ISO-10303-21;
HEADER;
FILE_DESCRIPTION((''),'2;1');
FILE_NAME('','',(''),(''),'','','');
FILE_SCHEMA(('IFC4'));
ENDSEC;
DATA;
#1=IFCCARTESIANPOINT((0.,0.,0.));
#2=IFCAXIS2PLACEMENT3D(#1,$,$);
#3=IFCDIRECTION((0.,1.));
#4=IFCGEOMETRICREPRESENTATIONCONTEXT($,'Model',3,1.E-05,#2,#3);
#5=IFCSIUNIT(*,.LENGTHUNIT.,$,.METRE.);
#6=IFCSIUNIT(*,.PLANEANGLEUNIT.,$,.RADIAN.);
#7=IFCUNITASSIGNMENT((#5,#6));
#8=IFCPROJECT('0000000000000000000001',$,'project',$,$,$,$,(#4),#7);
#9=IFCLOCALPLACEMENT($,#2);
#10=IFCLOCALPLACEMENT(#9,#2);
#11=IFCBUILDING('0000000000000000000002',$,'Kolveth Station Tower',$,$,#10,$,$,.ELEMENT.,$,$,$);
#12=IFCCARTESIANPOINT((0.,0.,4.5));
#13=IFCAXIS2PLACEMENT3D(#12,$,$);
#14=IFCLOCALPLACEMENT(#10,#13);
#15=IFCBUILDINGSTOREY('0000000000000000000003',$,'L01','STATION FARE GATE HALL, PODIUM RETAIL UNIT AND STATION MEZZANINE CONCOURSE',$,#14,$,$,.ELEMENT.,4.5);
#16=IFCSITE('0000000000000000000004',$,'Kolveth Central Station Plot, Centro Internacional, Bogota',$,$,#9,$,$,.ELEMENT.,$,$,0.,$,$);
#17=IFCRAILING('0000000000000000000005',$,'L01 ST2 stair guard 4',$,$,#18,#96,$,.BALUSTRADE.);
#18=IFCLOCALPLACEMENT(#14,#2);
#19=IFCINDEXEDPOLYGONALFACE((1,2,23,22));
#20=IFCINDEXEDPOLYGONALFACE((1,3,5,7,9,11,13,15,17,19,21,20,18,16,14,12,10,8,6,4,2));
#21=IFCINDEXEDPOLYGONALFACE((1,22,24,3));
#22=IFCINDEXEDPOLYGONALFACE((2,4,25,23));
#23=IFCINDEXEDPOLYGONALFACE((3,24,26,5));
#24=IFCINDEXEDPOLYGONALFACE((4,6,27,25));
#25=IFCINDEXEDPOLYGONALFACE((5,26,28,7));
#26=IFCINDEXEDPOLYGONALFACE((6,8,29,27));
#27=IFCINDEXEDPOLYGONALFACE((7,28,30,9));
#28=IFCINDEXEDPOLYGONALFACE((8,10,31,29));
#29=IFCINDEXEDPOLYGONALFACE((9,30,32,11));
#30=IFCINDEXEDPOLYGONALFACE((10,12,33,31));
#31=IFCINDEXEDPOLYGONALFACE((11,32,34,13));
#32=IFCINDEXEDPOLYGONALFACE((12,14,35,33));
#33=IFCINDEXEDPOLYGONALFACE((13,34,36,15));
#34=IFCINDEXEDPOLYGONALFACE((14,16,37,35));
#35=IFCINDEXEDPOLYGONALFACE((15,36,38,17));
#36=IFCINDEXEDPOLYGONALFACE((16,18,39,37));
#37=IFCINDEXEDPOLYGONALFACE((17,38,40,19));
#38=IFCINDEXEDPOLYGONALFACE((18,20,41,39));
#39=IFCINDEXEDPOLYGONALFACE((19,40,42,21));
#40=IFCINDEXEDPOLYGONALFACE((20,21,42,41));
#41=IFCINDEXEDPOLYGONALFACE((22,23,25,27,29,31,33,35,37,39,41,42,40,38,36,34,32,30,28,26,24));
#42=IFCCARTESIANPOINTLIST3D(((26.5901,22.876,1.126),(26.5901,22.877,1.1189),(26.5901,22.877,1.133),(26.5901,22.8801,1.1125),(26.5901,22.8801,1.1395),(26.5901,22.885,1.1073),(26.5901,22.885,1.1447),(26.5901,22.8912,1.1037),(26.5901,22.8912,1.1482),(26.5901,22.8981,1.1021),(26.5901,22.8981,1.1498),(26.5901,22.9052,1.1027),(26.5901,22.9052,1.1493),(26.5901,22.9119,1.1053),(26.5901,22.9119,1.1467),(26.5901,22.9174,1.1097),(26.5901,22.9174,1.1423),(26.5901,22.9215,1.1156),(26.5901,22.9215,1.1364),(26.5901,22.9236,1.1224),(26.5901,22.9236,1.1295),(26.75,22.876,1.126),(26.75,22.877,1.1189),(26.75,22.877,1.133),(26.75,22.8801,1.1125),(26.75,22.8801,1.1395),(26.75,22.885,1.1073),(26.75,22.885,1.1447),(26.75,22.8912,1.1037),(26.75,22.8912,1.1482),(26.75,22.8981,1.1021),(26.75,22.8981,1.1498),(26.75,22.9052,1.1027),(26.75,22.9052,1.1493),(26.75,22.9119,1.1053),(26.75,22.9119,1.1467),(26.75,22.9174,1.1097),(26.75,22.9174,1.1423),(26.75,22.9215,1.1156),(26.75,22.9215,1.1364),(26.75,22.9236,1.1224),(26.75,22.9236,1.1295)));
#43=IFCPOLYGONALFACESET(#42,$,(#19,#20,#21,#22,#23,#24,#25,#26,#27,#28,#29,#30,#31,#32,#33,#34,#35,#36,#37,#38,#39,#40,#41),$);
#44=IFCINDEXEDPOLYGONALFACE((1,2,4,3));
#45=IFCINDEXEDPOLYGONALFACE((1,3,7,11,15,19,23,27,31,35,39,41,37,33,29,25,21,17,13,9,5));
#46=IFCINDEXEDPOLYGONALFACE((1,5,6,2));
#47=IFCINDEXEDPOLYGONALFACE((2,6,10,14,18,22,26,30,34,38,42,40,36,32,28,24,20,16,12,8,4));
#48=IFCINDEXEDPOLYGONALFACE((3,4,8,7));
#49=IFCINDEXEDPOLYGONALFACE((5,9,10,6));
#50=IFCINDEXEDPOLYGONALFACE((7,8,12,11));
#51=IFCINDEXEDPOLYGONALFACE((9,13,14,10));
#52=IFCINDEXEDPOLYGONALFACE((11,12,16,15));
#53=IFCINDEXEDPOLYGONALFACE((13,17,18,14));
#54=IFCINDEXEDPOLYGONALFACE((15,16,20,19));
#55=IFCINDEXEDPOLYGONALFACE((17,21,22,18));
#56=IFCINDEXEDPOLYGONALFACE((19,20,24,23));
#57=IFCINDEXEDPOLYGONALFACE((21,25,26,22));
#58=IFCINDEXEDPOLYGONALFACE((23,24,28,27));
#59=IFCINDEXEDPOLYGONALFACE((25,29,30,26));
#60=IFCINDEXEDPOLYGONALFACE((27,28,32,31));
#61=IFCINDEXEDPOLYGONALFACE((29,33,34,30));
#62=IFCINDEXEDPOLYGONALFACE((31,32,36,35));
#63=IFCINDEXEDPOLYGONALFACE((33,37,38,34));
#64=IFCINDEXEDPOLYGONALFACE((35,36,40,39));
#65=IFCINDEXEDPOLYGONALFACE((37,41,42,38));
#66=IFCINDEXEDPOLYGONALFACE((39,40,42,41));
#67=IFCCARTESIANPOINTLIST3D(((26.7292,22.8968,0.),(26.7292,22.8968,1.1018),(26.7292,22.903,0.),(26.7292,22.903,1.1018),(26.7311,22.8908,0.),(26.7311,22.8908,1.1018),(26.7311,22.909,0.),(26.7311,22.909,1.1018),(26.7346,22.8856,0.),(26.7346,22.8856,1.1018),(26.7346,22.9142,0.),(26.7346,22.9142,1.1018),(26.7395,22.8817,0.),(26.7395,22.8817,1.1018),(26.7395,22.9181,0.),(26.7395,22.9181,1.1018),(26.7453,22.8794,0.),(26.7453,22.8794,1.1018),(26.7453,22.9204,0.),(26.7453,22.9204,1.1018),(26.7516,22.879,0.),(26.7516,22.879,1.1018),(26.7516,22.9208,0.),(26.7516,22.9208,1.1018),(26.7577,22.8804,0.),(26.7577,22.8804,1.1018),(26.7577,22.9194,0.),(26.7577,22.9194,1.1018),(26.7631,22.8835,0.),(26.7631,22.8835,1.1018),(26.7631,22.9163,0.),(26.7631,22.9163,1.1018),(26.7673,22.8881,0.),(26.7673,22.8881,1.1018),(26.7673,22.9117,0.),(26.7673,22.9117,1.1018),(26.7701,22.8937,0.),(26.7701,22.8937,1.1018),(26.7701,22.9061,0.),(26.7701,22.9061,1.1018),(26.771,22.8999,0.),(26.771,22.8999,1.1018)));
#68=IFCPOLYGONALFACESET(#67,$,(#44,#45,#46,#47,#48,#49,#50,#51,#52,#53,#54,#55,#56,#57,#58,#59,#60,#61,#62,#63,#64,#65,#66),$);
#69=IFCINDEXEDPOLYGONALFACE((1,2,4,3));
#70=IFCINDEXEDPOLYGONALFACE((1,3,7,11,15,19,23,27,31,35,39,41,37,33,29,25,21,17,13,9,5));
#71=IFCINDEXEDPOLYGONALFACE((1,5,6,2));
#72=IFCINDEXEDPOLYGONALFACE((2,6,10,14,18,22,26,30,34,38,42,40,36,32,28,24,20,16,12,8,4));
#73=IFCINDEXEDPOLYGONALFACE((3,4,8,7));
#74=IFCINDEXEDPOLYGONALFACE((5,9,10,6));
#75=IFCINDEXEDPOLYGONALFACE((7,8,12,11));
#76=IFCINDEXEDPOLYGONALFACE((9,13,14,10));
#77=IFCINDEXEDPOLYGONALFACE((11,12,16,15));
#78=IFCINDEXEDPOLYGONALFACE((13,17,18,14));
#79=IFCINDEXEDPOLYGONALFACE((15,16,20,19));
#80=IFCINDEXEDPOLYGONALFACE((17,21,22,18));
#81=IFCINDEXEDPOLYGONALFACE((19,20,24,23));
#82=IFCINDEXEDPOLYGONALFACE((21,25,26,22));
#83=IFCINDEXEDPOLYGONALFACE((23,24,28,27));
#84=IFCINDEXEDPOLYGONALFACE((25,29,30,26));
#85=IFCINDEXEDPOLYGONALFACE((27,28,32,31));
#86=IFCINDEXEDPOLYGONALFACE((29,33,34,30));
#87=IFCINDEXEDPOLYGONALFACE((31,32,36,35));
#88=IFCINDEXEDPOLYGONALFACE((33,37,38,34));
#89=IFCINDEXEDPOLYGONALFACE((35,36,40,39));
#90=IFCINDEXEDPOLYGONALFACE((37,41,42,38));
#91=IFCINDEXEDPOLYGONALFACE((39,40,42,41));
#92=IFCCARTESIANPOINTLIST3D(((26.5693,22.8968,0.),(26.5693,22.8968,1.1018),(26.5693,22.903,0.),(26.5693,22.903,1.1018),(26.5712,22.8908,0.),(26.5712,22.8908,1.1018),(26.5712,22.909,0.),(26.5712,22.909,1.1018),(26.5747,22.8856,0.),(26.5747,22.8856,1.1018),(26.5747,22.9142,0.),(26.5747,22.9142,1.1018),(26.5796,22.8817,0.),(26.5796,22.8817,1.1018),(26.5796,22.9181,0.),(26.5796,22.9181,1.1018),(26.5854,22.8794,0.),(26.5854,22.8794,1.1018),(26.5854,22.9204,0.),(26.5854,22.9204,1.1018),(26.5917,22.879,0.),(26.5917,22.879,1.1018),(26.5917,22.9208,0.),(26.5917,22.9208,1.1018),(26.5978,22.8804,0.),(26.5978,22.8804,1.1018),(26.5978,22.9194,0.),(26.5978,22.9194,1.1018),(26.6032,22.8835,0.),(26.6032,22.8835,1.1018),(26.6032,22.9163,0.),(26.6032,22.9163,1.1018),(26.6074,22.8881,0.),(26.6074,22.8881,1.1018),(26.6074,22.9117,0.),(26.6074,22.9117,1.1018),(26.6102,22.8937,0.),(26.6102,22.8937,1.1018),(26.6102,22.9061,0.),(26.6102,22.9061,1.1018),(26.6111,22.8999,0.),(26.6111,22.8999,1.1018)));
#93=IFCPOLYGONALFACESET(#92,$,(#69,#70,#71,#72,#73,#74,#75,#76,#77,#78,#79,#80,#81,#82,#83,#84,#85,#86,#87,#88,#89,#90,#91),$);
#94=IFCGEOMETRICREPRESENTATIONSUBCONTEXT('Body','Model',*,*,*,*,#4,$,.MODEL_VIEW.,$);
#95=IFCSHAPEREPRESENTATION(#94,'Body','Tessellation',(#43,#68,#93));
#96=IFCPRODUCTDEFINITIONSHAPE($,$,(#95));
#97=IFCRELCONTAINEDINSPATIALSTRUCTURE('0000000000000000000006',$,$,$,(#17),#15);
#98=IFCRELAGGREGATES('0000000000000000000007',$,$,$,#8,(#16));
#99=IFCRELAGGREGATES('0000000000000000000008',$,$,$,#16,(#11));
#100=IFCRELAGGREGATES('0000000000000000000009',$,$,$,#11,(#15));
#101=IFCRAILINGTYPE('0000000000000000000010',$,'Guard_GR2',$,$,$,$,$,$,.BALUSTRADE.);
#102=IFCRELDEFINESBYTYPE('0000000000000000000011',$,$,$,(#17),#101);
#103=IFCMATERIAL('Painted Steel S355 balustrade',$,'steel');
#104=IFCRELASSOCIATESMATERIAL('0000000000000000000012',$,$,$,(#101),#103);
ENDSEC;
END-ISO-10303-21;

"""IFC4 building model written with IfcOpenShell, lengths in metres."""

from ifc_helpers import new_model, si_unit, direction, frame, origin, origin_2d, place, context, subcontext, project, spatial, circle, extrude, material, type_object, element, save


model = new_model("IFC4")

# Units and contexts
model_context = context("Model", 3, precision=1e-05, world=origin(), true_north=direction((0.0, 1.0)))
body_context = subcontext(model_context, "Body", "Model", "MODEL_VIEW")
ifc_project = project(units=[si_unit("LENGTHUNIT", "METRE"), si_unit("PLANEANGLEUNIT", "RADIAN")], contexts=[model_context])

# Site, building, storey
site_placement = place(None, origin())
site = spatial("IfcSite", under=ifc_project, at=site_placement, Name="Kolveth Central Station Plot, Centro Internacional, Bogota", CompositionType="ELEMENT", RefElevation=0.0)
building_placement = place(site_placement, origin())
building = spatial("IfcBuilding", under=site, at=building_placement, Name="Kolveth Station Tower", CompositionType="ELEMENT")
storey_placement = place(building_placement, frame((0.0, 0.0, 4.5)))
storey = spatial("IfcBuildingStorey", under=building, at=storey_placement, Name="L01", Description="STATION FARE GATE HALL, PODIUM RETAIL UNIT AND STATION MEZZANINE CONCOURSE", CompositionType="ELEMENT", Elevation=4.5)

# Railing
ifc_material_1 = material(Name="Painted Steel S355 balustrade", Category="steel")
railing_type_1 = type_object("IfcRailingType", Name="Guard_GR2", PredefinedType="BALUSTRADE", material=ifc_material_1)
railing_1_placement = place(storey_placement, frame((26.75, 22.8999, 0.0)))
element("IfcRailing", 1, at=railing_1_placement, inside=storey, type_object=railing_type_1, Name="L01 ST2 stair guard 4", PredefinedType="BALUSTRADE", context=body_context, shape_type="SweptSolid", body=[
    extrude(circle(Radius=0.0239, at=origin_2d()), frame((0.0, 0.0, 1.126), z_axis=(-1.0, 0.0, 0.0), x_axis=(0.0, -1.0, 0.0)), (0.0, 0.0, 1.0), 0.1599),
    extrude(circle(Radius=0.021, at=origin_2d()), origin(), (0.0, 0.0, 1.0), 1.1018),
    extrude(circle(Radius=0.021, at=origin_2d()), frame((-0.1599, 0.0, 0.0)), (0.0, 0.0, 1.0), 1.1018),
])

save(model, "model.ifc")
